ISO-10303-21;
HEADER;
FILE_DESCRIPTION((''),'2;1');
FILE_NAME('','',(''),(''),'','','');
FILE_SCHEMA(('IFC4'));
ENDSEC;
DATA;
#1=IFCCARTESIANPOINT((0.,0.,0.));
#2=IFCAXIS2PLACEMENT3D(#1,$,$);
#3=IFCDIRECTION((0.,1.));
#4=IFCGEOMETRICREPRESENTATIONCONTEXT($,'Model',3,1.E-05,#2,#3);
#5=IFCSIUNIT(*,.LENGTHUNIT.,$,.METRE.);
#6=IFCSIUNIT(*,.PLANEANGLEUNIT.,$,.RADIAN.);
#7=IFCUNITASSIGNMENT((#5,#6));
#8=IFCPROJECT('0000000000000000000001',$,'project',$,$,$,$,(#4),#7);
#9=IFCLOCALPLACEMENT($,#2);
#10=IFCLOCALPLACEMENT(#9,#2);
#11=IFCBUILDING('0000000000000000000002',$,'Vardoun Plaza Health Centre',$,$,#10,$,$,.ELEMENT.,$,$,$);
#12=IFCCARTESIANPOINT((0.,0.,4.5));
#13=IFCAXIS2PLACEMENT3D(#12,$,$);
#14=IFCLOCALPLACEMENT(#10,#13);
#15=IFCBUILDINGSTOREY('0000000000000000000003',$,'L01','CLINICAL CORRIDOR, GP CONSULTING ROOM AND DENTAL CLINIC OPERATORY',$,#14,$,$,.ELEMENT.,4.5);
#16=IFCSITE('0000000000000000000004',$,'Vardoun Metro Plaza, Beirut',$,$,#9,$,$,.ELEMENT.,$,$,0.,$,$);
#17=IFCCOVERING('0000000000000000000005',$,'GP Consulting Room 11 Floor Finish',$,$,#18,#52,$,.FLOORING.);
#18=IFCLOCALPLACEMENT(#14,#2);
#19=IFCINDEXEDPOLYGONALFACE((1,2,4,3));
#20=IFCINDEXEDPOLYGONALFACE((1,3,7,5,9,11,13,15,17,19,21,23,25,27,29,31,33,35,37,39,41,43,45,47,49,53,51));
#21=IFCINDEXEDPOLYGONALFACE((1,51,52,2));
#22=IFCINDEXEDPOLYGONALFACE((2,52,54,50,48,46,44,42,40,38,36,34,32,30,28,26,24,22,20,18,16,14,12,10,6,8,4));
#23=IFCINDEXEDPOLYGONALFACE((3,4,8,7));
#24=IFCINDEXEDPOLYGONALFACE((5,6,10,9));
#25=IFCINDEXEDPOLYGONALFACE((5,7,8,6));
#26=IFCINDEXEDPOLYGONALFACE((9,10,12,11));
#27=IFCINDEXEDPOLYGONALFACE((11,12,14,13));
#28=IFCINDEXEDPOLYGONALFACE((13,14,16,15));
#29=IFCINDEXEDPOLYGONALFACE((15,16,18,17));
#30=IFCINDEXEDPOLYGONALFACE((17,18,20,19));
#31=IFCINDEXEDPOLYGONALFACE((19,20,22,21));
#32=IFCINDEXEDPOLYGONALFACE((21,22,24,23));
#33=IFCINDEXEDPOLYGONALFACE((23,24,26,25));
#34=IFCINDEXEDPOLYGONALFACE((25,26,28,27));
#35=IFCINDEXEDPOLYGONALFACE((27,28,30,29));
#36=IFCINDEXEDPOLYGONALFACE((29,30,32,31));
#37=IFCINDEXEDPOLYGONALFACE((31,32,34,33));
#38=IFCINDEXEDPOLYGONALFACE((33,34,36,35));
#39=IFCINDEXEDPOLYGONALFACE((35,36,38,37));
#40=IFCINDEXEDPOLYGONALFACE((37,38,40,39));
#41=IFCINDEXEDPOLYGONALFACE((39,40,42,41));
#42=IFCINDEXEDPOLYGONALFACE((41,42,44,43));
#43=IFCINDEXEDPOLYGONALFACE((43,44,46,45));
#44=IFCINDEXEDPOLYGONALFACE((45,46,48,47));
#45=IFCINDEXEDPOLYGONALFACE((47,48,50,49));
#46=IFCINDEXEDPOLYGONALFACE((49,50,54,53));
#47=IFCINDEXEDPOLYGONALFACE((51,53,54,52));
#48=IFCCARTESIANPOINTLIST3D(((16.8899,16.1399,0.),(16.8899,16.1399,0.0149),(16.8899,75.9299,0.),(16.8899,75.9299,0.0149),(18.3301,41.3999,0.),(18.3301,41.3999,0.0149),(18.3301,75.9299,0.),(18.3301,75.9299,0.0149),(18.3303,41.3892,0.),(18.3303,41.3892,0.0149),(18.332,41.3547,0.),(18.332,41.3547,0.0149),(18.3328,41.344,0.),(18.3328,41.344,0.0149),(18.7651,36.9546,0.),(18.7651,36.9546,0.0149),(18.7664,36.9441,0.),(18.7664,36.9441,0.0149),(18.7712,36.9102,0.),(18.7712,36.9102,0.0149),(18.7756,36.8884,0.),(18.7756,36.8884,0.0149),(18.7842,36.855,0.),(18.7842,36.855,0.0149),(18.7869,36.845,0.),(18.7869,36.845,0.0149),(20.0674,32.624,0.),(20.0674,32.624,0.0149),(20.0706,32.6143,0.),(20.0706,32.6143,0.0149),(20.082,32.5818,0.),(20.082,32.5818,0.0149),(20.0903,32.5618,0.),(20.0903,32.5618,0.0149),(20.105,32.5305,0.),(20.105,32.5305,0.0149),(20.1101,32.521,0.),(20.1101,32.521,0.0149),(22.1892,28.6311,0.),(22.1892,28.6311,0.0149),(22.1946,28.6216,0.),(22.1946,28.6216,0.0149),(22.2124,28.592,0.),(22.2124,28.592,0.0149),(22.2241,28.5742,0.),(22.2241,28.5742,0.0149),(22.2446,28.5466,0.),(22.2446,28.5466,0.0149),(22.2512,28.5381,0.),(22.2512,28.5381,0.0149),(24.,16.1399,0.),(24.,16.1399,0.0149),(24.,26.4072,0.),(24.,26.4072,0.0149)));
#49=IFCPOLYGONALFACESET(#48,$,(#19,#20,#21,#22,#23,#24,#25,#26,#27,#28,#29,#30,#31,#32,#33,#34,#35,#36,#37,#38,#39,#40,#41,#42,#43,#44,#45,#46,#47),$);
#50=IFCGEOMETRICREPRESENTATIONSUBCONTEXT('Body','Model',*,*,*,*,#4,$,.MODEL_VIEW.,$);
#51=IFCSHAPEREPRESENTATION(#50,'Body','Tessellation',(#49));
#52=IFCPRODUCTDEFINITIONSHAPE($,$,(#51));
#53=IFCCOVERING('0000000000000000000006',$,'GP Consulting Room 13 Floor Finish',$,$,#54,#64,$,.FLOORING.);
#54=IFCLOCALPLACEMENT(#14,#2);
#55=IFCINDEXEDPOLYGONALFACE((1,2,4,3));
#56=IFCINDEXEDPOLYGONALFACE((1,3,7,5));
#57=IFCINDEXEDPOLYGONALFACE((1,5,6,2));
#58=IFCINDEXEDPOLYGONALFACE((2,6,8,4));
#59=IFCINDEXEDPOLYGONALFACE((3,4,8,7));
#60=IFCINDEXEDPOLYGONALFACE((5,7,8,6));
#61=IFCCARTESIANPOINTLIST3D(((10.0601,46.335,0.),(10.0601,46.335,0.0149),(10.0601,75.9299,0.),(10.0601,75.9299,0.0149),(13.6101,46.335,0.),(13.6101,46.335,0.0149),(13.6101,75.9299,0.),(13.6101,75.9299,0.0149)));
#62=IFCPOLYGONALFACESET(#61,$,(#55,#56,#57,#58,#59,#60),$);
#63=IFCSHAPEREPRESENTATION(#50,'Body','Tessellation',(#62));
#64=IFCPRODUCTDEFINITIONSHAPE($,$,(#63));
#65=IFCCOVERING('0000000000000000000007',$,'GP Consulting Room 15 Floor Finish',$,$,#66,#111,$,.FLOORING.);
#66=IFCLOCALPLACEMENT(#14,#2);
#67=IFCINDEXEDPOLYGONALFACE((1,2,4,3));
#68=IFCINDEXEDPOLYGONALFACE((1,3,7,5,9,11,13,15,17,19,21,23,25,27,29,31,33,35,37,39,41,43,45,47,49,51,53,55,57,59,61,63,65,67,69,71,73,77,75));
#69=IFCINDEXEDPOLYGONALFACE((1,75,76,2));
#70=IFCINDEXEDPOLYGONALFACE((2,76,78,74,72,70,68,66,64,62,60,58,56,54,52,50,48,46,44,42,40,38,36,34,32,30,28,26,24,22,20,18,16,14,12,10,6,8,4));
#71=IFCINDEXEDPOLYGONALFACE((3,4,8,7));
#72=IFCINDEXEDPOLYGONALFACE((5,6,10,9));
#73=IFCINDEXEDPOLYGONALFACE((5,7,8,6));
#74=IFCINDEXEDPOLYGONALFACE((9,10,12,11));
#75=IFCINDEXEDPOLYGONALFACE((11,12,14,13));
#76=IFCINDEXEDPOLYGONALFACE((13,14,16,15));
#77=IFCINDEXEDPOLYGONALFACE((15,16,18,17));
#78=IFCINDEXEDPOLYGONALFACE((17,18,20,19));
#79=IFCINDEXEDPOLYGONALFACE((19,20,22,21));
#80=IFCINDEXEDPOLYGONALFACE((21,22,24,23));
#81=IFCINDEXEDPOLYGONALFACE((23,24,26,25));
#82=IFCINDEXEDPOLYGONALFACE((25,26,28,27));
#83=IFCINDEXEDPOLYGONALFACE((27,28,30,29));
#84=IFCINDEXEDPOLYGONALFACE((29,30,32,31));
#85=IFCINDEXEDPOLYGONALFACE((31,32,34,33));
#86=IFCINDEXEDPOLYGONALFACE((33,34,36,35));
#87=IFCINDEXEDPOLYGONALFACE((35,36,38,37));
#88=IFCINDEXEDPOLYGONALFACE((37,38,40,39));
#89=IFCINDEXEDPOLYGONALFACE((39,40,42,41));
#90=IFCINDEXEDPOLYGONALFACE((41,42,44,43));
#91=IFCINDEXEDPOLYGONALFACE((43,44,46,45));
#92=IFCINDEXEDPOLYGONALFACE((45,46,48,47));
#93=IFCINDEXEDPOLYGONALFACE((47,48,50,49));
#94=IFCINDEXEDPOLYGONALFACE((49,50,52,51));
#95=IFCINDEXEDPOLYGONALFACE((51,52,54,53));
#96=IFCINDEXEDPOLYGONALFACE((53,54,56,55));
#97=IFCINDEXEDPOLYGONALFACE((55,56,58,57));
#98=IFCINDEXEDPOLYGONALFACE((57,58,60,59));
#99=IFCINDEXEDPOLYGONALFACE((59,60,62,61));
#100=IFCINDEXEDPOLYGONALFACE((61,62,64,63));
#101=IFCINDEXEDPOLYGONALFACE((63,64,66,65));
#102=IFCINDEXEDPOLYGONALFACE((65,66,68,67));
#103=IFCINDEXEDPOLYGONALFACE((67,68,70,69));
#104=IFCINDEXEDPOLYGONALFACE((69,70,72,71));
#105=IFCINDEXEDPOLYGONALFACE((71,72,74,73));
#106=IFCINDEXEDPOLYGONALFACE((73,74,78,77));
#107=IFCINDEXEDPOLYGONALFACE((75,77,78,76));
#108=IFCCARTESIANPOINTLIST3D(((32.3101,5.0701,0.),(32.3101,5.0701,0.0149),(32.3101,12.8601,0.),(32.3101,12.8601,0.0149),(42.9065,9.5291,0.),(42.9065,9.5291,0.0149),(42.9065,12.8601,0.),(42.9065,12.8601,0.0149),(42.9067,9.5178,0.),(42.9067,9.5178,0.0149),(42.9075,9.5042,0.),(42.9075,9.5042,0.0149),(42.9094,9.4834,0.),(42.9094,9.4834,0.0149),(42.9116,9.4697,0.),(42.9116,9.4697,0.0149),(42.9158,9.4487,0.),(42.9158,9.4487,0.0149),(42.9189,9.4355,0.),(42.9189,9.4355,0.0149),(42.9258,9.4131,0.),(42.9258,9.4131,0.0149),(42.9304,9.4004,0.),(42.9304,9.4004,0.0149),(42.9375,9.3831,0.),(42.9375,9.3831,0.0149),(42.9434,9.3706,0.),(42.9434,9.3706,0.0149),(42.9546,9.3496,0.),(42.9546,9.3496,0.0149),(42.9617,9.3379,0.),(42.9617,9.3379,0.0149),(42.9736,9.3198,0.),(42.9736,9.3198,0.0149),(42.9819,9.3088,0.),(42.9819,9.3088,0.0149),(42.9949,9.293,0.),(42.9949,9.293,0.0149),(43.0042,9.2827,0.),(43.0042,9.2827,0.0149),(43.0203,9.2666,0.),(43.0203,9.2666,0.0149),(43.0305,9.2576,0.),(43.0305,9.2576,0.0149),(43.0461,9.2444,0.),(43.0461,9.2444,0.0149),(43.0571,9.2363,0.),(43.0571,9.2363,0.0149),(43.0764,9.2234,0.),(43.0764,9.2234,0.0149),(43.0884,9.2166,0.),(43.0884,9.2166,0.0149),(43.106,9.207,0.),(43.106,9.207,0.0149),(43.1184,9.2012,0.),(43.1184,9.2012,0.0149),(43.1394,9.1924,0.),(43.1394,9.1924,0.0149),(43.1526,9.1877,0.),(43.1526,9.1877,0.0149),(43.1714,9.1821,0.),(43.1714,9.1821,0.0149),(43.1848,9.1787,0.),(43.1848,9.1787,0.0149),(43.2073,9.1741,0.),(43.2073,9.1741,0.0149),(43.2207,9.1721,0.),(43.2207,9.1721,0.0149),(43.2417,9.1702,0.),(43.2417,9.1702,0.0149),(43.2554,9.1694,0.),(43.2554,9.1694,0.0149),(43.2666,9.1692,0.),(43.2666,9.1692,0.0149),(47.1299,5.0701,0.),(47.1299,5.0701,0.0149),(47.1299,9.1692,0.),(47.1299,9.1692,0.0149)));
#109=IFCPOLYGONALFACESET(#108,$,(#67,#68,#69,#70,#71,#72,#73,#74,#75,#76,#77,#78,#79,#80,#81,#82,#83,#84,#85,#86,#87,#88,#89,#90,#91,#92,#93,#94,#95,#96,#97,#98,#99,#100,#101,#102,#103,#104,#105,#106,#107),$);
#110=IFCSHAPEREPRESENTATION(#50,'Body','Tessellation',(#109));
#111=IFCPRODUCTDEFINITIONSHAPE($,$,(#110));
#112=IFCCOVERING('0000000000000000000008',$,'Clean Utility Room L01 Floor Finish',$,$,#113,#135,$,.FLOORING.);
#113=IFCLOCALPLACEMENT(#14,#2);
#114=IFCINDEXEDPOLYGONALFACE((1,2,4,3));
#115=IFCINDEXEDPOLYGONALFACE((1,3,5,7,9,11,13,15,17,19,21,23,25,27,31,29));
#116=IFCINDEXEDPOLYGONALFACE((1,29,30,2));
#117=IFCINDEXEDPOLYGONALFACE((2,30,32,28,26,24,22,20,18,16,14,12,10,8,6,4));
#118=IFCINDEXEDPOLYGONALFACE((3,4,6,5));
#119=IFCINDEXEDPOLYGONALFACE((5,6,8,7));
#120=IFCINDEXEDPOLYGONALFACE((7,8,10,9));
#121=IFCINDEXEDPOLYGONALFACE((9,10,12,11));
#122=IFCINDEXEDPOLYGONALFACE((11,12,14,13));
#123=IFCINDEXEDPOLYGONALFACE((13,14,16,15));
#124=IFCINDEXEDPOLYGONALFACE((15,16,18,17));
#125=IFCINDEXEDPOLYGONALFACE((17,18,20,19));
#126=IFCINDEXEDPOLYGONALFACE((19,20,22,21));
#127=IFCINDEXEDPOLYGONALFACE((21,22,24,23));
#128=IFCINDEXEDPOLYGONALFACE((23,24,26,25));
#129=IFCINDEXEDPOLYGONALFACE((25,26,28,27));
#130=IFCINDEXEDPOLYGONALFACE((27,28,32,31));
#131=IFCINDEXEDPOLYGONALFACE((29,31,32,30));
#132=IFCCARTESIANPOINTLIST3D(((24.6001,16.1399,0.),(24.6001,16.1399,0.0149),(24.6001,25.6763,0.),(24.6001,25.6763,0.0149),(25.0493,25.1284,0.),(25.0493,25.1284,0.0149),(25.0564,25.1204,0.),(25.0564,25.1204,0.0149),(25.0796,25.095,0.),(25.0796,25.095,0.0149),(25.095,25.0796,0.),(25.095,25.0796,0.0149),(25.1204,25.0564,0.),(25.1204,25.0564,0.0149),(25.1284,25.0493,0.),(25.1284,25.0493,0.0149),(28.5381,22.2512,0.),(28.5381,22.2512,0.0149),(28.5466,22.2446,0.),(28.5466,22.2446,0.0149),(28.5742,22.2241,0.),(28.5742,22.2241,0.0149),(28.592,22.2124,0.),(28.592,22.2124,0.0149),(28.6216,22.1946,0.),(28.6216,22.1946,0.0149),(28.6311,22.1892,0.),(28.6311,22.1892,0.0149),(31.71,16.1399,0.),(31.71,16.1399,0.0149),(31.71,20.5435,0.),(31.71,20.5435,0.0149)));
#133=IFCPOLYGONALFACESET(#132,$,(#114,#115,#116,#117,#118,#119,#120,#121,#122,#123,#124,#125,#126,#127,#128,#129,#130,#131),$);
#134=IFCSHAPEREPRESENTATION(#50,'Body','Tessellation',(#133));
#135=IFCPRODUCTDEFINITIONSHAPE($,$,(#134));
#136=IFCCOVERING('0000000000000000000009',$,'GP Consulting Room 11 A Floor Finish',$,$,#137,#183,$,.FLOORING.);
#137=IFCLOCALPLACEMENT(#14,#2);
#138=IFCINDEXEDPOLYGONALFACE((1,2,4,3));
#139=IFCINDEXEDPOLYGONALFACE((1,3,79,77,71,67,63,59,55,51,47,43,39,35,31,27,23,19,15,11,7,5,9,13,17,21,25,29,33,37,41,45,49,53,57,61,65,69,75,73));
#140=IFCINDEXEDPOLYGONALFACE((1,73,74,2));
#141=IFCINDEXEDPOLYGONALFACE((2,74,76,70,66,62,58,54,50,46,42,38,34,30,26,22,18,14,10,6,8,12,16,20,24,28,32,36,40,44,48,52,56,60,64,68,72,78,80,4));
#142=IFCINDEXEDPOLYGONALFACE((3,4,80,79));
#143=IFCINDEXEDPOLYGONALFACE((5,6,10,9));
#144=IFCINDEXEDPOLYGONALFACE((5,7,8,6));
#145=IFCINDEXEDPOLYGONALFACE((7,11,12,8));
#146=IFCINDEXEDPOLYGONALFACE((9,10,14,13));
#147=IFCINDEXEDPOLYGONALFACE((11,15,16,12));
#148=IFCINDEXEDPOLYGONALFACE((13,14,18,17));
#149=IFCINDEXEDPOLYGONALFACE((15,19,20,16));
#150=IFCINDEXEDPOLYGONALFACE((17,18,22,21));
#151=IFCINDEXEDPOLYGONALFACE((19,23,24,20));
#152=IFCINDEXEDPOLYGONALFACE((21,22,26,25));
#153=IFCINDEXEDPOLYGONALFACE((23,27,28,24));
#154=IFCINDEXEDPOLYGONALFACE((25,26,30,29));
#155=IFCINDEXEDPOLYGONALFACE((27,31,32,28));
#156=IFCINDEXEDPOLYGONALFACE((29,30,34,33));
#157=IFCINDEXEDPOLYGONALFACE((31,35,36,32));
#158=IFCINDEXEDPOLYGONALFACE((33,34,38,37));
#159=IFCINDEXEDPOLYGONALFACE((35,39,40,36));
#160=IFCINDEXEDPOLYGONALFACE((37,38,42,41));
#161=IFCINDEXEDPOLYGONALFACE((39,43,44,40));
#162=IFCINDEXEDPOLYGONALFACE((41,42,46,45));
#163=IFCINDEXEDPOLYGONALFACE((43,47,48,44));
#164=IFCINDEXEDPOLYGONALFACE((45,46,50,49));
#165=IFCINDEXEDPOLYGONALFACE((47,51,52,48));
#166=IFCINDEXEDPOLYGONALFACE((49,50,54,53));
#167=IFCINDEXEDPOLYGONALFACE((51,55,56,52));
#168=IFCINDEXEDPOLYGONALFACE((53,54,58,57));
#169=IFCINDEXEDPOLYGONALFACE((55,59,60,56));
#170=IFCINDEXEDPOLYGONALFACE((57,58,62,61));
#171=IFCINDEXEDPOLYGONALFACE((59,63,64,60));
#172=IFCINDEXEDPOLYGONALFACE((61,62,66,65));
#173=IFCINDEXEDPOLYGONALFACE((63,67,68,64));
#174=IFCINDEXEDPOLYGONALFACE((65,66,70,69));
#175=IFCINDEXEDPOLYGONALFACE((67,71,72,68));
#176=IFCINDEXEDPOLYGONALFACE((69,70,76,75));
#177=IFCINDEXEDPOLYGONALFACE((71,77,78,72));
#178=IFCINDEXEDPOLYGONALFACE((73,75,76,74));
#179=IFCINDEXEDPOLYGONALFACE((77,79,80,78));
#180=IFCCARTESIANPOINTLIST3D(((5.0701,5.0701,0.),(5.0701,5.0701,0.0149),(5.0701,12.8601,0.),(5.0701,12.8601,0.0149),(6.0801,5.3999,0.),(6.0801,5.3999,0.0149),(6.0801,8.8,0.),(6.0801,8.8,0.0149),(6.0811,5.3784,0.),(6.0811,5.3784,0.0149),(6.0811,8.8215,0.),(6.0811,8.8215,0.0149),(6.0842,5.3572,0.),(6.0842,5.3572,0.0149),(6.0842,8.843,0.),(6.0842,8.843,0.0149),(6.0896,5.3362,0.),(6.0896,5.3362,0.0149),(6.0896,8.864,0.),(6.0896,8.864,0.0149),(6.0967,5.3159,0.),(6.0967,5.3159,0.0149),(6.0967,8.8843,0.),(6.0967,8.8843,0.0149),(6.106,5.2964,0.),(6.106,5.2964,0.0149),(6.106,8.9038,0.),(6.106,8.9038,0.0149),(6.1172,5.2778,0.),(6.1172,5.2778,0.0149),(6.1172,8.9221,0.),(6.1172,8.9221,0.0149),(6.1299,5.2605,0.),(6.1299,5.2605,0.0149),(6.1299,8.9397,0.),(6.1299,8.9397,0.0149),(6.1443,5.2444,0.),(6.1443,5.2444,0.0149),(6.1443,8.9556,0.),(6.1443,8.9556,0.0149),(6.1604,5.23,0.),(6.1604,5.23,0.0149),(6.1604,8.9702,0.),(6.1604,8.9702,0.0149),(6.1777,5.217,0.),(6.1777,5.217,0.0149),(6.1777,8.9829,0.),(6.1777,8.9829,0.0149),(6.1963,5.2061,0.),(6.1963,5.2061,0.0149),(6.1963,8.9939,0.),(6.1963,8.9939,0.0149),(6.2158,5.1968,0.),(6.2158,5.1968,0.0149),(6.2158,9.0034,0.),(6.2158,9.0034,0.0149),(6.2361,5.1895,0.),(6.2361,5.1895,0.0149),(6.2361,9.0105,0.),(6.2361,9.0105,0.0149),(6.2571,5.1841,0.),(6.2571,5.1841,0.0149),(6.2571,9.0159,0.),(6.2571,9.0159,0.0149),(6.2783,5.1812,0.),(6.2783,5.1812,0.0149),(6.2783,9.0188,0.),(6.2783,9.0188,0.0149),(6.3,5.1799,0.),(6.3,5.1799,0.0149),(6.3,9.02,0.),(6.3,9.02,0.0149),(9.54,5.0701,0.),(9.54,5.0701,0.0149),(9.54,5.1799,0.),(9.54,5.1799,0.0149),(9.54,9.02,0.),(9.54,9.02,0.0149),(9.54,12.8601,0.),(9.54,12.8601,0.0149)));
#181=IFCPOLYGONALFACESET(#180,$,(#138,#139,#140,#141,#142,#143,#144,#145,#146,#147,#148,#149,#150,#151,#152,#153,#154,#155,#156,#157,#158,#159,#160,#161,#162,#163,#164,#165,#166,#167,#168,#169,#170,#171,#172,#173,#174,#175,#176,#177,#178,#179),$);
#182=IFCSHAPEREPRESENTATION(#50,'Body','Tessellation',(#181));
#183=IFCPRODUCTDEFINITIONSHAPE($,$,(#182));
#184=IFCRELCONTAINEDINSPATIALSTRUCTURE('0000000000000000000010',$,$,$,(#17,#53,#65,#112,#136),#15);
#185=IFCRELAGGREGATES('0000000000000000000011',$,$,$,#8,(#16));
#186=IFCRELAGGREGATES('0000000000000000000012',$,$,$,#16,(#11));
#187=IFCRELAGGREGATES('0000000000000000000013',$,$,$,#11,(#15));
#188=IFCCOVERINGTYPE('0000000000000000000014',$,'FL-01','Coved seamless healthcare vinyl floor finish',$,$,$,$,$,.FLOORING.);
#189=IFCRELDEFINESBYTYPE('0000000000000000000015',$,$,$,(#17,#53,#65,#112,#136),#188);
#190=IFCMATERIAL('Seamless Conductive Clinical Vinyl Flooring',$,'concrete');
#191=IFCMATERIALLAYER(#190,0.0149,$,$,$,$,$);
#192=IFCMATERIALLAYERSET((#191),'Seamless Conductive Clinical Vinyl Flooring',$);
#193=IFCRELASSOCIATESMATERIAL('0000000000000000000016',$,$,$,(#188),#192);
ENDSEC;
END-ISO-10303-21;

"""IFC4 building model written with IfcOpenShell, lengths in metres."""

from ifc_helpers import new_model, si_unit, direction, frame, origin, place, context, subcontext, project, spatial, polyline, outline, extrude, material, layer, layer_set, type_object, element, save


model = new_model("IFC4")

# Units and contexts
model_context = context("Model", 3, precision=1e-05, world=origin(), true_north=direction((0.0, 1.0)))
body_context = subcontext(model_context, "Body", "Model", "MODEL_VIEW")
ifc_project = project(units=[si_unit("LENGTHUNIT", "METRE"), si_unit("PLANEANGLEUNIT", "RADIAN")], contexts=[model_context])

# Site, building, storey
site_placement = place(None, origin())
site = spatial("IfcSite", under=ifc_project, at=site_placement, Name="Vardoun Metro Plaza, Beirut", CompositionType="ELEMENT", RefElevation=0.0)
building_placement = place(site_placement, origin())
building = spatial("IfcBuilding", under=site, at=building_placement, Name="Vardoun Plaza Health Centre", CompositionType="ELEMENT")
storey_placement = place(building_placement, frame((0.0, 0.0, 4.5)))
storey = spatial("IfcBuildingStorey", under=building, at=storey_placement, Name="L01", Description="CLINICAL CORRIDOR, GP CONSULTING ROOM AND DENTAL CLINIC OPERATORY", CompositionType="ELEMENT", Elevation=4.5)

# Coverings
ifc_material_1 = material(Name="Seamless Conductive Clinical Vinyl Flooring", Category="concrete")
ifc_layer_1 = layer(ifc_material_1, 0.0149)
ifc_layer_set_1 = layer_set([ifc_layer_1], Name="Seamless Conductive Clinical Vinyl Flooring")
covering_type_1 = type_object("IfcCoveringType", Name="FL-01", Description="Coved seamless healthcare vinyl floor finish", PredefinedType="FLOORING", material=ifc_layer_set_1)
covering_1_placement = place(storey_placement, origin())
element("IfcCovering", 1, at=covering_1_placement, inside=storey, type_object=covering_type_1, Name="GP Consulting Room 11 Floor Finish", PredefinedType="FLOORING", context=body_context, shape_type="SweptSolid", body=[
    extrude(outline(polyline([(18.332, 41.3547), (18.3328, 41.344), (18.7651, 36.9546), (18.7664, 36.9441), (18.7712, 36.9102), (18.7756, 36.8884), (18.7842, 36.855), (18.7869, 36.845), (20.0674, 32.624), (20.0706, 32.6143), (20.082, 32.5818), (20.0903, 32.5618), (20.105, 32.5305), (20.1101, 32.521), (22.1892, 28.6311), (22.1946, 28.6216), (22.2124, 28.592), (22.2241, 28.5742), (22.2446, 28.5466), (22.2512, 28.5381), (24.0, 26.4072), (24.0, 16.1399), (16.8899, 16.1399), (16.8899, 75.9299), (18.3301, 75.9299), (18.3301, 41.3999), (18.3303, 41.3892), (18.332, 41.3547)])), origin(), (0.0, 0.0, 1.0), 0.0149),
])
covering_2_placement = place(storey_placement, origin())
element("IfcCovering", 2, at=covering_2_placement, inside=storey, type_object=covering_type_1, Name="GP Consulting Room 13 Floor Finish", PredefinedType="FLOORING", context=body_context, shape_type="SweptSolid", body=[
    extrude(outline(polyline([(10.0601, 75.9299), (13.6101, 75.9299), (13.6101, 46.335), (10.0601, 46.335), (10.0601, 75.9299)])), origin(), (0.0, 0.0, 1.0), 0.0149),
])
covering_3_placement = place(storey_placement, origin())
element("IfcCovering", 3, at=covering_3_placement, inside=storey, type_object=covering_type_1, Name="GP Consulting Room 15 Floor Finish", PredefinedType="FLOORING", context=body_context, shape_type="SweptSolid", body=[
    extrude(outline(polyline([(32.3101, 12.8601), (42.9065, 12.8601), (42.9065, 9.5291), (42.9067, 9.5178), (42.9075, 9.5042), (42.9094, 9.4834), (42.9116, 9.4697), (42.9158, 9.4487), (42.9189, 9.4355), (42.9258, 9.4131), (42.9304, 9.4004), (42.9375, 9.3831), (42.9434, 9.3706), (42.9546, 9.3496), (42.9617, 9.3379), (42.9736, 9.3198), (42.9819, 9.3088), (42.9949, 9.293), (43.0042, 9.2827), (43.0203, 9.2666), (43.0305, 9.2576), (43.0461, 9.2444), (43.0571, 9.2363), (43.0764, 9.2234), (43.0884, 9.2166), (43.106, 9.207), (43.1184, 9.2012), (43.1394, 9.1924), (43.1526, 9.1877), (43.1714, 9.1821), (43.1848, 9.1787), (43.2073, 9.1741), (43.2207, 9.1721), (43.2417, 9.1702), (43.2554, 9.1694), (43.2666, 9.1692), (47.1299, 9.1692), (47.1299, 5.0701), (32.3101, 5.0701), (32.3101, 12.8601)])), origin(), (0.0, 0.0, 1.0), 0.0149),
])
covering_4_placement = place(storey_placement, origin())
element("IfcCovering", 4, at=covering_4_placement, inside=storey, type_object=covering_type_1, Name="Clean Utility Room L01 Floor Finish", PredefinedType="FLOORING", context=body_context, shape_type="SweptSolid", body=[
    extrude(outline(polyline([(25.0493, 25.1284), (25.0564, 25.1204), (25.0796, 25.095), (25.095, 25.0796), (25.1204, 25.0564), (25.1284, 25.0493), (28.5381, 22.2512), (28.5466, 22.2446), (28.5742, 22.2241), (28.592, 22.2124), (28.6216, 22.1946), (28.6311, 22.1892), (31.71, 20.5435), (31.71, 16.1399), (24.6001, 16.1399), (24.6001, 25.6763), (25.0493, 25.1284)])), origin(), (0.0, 0.0, 1.0), 0.0149),
])
covering_5_placement = place(storey_placement, origin())
element("IfcCovering", 5, at=covering_5_placement, inside=storey, type_object=covering_type_1, Name="GP Consulting Room 11 A Floor Finish", PredefinedType="FLOORING", context=body_context, shape_type="SweptSolid", body=[
    extrude(outline(polyline([(5.0701, 12.8601), (9.54, 12.8601), (9.54, 9.02), (6.3, 9.02), (6.2783, 9.0188), (6.2571, 9.0159), (6.2361, 9.0105), (6.2158, 9.0034), (6.1963, 8.9939), (6.1777, 8.9829), (6.1604, 8.9702), (6.1443, 8.9556), (6.1299, 8.9397), (6.1172, 8.9221), (6.106, 8.9038), (6.0967, 8.8843), (6.0896, 8.864), (6.0842, 8.843), (6.0811, 8.8215), (6.0801, 8.8), (6.0801, 5.3999), (6.0811, 5.3784), (6.0842, 5.3572), (6.0896, 5.3362), (6.0967, 5.3159), (6.106, 5.2964), (6.1172, 5.2778), (6.1299, 5.2605), (6.1443, 5.2444), (6.1604, 5.23), (6.1777, 5.217), (6.1963, 5.2061), (6.2158, 5.1968), (6.2361, 5.1895), (6.2571, 5.1841), (6.2783, 5.1812), (6.3, 5.1799), (9.54, 5.1799), (9.54, 5.0701), (5.0701, 5.0701), (5.0701, 12.8601)])), origin(), (0.0, 0.0, 1.0), 0.0149),
])

save(model, "model.ifc")
